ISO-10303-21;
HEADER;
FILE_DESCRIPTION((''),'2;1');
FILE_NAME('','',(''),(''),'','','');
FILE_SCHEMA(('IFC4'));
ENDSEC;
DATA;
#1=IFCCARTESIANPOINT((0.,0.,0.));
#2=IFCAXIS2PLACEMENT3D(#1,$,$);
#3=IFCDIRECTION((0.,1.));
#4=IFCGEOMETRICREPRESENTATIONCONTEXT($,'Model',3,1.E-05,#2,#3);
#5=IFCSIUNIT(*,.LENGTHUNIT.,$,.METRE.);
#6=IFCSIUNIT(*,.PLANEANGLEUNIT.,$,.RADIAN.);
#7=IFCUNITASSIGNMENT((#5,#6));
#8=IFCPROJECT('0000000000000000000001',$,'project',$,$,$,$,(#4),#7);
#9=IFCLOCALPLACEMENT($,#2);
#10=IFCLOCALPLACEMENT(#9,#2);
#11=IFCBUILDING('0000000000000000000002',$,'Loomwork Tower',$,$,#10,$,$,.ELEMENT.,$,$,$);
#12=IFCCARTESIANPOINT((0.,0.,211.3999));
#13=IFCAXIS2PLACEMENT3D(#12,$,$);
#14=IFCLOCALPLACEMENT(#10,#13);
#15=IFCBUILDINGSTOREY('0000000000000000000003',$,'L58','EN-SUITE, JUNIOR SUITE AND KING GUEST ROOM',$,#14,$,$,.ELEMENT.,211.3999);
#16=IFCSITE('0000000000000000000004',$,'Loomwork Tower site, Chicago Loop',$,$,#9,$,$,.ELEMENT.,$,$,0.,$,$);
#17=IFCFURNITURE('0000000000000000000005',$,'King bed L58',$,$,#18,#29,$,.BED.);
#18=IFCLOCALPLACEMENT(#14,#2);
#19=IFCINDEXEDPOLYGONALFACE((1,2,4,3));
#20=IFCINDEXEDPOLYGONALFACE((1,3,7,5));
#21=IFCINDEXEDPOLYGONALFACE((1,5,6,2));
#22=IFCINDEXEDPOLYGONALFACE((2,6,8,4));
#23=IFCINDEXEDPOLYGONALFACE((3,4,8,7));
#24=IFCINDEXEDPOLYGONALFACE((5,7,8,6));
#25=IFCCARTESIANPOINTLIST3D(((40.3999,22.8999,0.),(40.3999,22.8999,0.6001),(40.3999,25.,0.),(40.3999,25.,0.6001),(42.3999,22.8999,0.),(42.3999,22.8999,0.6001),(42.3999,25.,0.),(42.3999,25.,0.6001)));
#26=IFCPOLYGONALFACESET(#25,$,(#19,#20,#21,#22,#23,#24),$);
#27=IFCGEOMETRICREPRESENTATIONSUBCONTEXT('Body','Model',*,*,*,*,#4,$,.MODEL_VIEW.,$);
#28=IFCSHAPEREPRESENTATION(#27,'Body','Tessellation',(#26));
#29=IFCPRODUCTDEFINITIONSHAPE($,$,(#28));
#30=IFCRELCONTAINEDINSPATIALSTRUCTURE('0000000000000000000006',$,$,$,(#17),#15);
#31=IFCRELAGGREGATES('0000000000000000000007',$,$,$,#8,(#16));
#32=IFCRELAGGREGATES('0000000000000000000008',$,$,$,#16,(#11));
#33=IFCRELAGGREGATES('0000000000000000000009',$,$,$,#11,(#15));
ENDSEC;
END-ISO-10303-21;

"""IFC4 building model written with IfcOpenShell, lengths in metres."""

from ifc_helpers import new_model, si_unit, direction, frame, origin, origin_2d, place, context, subcontext, project, spatial, rectangle, extrude, element, save


model = new_model("IFC4")

# Units and contexts
model_context = context("Model", 3, precision=1e-05, world=origin(), true_north=direction((0.0, 1.0)))
body_context = subcontext(model_context, "Body", "Model", "MODEL_VIEW")
ifc_project = project(units=[si_unit("LENGTHUNIT", "METRE"), si_unit("PLANEANGLEUNIT", "RADIAN")], contexts=[model_context])

# Site, building, storey
site_placement = place(None, origin())
site = spatial("IfcSite", under=ifc_project, at=site_placement, Name="Loomwork Tower site, Chicago Loop", CompositionType="ELEMENT", RefElevation=0.0)
building_placement = place(site_placement, origin())
building = spatial("IfcBuilding", under=site, at=building_placement, Name="Loomwork Tower", CompositionType="ELEMENT")
storey_placement = place(building_placement, frame((0.0, 0.0, 211.3999)))
storey = spatial("IfcBuildingStorey", under=building, at=storey_placement, Name="L58", Description="EN-SUITE, JUNIOR SUITE AND KING GUEST ROOM", CompositionType="ELEMENT", Elevation=211.3999)

# Furniture
furniture_placement = place(storey_placement, frame((41.3999, 23.95, 0.0), z_axis=(0.0, 0.0, 1.0), x_axis=(1.0, 0.0, 0.0)))
element("IfcFurniture", 1, at=furniture_placement, inside=storey, Name="King bed L58", PredefinedType="BED", context=body_context, shape_type="SweptSolid", body=[
    extrude(rectangle(XDim=2.0, YDim=2.1001, at=origin_2d()), origin(), (0.0, 0.0, 1.0), 0.6001),
])

save(model, "model.ifc")
